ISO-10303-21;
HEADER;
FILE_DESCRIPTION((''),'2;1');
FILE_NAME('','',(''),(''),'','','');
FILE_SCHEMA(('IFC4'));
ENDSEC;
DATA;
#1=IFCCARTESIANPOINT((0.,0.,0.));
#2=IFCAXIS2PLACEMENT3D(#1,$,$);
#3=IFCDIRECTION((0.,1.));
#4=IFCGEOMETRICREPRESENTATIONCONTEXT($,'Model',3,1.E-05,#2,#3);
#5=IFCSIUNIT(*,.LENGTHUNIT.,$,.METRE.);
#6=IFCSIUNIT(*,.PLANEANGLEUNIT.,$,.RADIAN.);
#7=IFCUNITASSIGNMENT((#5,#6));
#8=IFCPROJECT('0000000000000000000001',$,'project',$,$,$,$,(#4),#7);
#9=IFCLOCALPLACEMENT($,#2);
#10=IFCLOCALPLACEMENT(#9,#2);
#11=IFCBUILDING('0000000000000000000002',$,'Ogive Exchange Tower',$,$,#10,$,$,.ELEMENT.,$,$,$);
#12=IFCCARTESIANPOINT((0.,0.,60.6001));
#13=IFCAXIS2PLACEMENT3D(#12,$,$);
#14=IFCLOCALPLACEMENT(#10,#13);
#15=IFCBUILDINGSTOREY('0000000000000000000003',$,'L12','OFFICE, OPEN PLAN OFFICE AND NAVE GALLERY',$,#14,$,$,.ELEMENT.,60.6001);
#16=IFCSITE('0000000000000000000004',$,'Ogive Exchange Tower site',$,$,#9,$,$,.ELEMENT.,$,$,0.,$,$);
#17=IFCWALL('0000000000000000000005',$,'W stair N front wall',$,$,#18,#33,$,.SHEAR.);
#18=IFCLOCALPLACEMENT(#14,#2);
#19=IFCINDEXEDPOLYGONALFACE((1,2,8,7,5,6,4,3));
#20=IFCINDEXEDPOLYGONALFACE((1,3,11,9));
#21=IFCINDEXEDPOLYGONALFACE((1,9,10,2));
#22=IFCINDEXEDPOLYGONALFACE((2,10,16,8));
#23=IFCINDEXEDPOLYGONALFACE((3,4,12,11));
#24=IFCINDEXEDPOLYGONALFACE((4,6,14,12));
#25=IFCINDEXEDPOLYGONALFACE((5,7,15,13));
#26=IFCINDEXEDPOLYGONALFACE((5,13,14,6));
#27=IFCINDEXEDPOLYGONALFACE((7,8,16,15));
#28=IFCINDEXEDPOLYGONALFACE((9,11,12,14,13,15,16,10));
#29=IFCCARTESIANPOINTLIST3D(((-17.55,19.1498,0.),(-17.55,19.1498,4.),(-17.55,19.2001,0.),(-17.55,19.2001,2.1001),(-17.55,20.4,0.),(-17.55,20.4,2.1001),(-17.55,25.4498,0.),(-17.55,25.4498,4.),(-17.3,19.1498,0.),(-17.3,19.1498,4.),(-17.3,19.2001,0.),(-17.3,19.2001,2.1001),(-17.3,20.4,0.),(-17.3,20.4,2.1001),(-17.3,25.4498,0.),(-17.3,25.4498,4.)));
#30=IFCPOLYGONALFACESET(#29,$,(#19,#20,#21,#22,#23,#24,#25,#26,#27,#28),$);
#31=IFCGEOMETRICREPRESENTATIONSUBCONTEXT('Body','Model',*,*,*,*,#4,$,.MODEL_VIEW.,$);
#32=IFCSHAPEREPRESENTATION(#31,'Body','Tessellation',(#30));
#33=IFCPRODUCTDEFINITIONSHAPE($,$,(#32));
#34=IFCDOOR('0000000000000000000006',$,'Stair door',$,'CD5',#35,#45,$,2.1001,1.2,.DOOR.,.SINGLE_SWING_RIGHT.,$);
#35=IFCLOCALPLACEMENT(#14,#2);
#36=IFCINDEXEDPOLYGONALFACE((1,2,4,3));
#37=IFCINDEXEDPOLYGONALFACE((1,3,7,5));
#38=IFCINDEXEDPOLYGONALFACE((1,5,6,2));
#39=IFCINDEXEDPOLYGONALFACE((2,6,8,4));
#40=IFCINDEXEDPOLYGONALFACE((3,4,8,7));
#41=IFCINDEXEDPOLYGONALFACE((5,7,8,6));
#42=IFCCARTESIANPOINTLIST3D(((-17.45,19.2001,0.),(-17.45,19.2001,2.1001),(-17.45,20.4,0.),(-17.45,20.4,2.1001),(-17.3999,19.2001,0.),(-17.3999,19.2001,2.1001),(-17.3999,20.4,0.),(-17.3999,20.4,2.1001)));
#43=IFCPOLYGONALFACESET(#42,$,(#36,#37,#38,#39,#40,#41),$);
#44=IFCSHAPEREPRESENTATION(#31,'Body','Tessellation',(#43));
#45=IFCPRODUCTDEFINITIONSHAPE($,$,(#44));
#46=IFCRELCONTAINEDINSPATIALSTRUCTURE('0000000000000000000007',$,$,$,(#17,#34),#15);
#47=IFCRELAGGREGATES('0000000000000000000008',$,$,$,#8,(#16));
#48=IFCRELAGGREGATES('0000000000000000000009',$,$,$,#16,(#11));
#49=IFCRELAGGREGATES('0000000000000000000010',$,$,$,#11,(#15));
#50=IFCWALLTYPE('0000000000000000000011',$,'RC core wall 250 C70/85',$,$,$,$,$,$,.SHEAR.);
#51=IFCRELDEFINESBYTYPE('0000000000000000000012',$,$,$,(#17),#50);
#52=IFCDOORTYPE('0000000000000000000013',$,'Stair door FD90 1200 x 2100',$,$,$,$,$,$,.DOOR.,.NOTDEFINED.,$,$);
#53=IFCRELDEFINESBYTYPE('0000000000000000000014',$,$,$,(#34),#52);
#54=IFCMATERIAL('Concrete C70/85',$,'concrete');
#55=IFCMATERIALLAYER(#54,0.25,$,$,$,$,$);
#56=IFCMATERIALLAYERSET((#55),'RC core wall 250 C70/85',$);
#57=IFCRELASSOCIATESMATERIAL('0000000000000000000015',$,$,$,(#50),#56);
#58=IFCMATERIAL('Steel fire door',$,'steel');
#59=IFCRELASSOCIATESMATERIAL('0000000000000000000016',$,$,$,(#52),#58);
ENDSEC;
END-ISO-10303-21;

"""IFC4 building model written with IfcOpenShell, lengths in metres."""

from ifc_helpers import new_model, si_unit, direction, frame, frame_2d, origin, place, context, subcontext, project, spatial, rectangle, extrude, material, layer, layer_set, type_object, element, fill, save


model = new_model("IFC4")

# Units and contexts
model_context = context("Model", 3, precision=1e-05, world=origin(), true_north=direction((0.0, 1.0)))
body_context = subcontext(model_context, "Body", "Model", "MODEL_VIEW")
ifc_project = project(units=[si_unit("LENGTHUNIT", "METRE"), si_unit("PLANEANGLEUNIT", "RADIAN")], contexts=[model_context])

# Site, building, storey
site_placement = place(None, origin())
site = spatial("IfcSite", under=ifc_project, at=site_placement, Name="Ogive Exchange Tower site", CompositionType="ELEMENT", RefElevation=0.0)
building_placement = place(site_placement, origin())
building = spatial("IfcBuilding", under=site, at=building_placement, Name="Ogive Exchange Tower", CompositionType="ELEMENT")
storey_placement = place(building_placement, frame((0.0, 0.0, 60.6001)))
storey = spatial("IfcBuildingStorey", under=building, at=storey_placement, Name="L12", Description="OFFICE, OPEN PLAN OFFICE AND NAVE GALLERY", CompositionType="ELEMENT", Elevation=60.6001)

# Wall, opening, door
ifc_material_1 = material(Name="Concrete C70/85", Category="concrete")
ifc_material_2 = material(Name="Steel fire door", Category="steel")
ifc_layer_1 = layer(ifc_material_1, 0.25)
ifc_layer_set_1 = layer_set([ifc_layer_1], Name="RC core wall 250 C70/85")
wall_type_1 = type_object("IfcWallType", Name="RC core wall 250 C70/85", PredefinedType="SHEAR", material=ifc_layer_set_1)
wall_1_placement = place(storey_placement, frame((-17.425, 19.1499, 0.0), z_axis=(0.0, 0.0, 1.0), x_axis=(0.0, 1.0, 0.0)))
wall_1 = element("IfcWall", 1, at=wall_1_placement, inside=storey, type_object=wall_type_1, Name="W stair N front wall", PredefinedType="SHEAR", context=body_context, shape_type="SweptSolid", body=[
    extrude(rectangle(XDim=6.3, YDim=0.25, at=frame_2d((3.1499, 0.0))), origin(), (0.0, 0.0, 1.0), 4.0),
])
opening_1_placement = place(wall_1_placement, frame((0.05, 0.0, 0.0)))
opening_1 = element("IfcOpeningElement", 2, at=opening_1_placement, cuts=wall_1, PredefinedType="OPENING", context=body_context, shape_type="SweptSolid", body=[
    extrude(rectangle(XDim=1.2, YDim=2.1001, at=frame_2d((0.6001, 1.05))), frame((0.0, 0.135, 0.0), z_axis=(0.0, -1.0, 0.0), x_axis=(1.0, 0.0, 0.0)), (0.0, 0.0, 1.0), 0.27),
])
door_type_1 = type_object("IfcDoorType", Name="Stair door FD90 1200 x 2100", OperationType="NOTDEFINED", PredefinedType="DOOR", material=ifc_material_2)
door_1_placement = place(opening_1_placement, origin())
door_1 = element("IfcDoor", 3, at=door_1_placement, inside=storey, type_object=door_type_1, Name="Stair door", ObjectType="CD5", OperationType="SINGLE_SWING_RIGHT", OverallHeight=2.1001, OverallWidth=1.2, PredefinedType="DOOR", context=body_context, shape_type="SweptSolid", body=[
    extrude(rectangle(XDim=1.2, YDim=2.1001, at=frame_2d((0.6001, 1.05))), frame((0.0, 0.0249, 0.0), z_axis=(0.0, -1.0, 0.0), x_axis=(1.0, 0.0, 0.0)), (0.0, 0.0, 1.0), 0.05),
])
fill(opening_1, door_1)

save(model, "model.ifc")
